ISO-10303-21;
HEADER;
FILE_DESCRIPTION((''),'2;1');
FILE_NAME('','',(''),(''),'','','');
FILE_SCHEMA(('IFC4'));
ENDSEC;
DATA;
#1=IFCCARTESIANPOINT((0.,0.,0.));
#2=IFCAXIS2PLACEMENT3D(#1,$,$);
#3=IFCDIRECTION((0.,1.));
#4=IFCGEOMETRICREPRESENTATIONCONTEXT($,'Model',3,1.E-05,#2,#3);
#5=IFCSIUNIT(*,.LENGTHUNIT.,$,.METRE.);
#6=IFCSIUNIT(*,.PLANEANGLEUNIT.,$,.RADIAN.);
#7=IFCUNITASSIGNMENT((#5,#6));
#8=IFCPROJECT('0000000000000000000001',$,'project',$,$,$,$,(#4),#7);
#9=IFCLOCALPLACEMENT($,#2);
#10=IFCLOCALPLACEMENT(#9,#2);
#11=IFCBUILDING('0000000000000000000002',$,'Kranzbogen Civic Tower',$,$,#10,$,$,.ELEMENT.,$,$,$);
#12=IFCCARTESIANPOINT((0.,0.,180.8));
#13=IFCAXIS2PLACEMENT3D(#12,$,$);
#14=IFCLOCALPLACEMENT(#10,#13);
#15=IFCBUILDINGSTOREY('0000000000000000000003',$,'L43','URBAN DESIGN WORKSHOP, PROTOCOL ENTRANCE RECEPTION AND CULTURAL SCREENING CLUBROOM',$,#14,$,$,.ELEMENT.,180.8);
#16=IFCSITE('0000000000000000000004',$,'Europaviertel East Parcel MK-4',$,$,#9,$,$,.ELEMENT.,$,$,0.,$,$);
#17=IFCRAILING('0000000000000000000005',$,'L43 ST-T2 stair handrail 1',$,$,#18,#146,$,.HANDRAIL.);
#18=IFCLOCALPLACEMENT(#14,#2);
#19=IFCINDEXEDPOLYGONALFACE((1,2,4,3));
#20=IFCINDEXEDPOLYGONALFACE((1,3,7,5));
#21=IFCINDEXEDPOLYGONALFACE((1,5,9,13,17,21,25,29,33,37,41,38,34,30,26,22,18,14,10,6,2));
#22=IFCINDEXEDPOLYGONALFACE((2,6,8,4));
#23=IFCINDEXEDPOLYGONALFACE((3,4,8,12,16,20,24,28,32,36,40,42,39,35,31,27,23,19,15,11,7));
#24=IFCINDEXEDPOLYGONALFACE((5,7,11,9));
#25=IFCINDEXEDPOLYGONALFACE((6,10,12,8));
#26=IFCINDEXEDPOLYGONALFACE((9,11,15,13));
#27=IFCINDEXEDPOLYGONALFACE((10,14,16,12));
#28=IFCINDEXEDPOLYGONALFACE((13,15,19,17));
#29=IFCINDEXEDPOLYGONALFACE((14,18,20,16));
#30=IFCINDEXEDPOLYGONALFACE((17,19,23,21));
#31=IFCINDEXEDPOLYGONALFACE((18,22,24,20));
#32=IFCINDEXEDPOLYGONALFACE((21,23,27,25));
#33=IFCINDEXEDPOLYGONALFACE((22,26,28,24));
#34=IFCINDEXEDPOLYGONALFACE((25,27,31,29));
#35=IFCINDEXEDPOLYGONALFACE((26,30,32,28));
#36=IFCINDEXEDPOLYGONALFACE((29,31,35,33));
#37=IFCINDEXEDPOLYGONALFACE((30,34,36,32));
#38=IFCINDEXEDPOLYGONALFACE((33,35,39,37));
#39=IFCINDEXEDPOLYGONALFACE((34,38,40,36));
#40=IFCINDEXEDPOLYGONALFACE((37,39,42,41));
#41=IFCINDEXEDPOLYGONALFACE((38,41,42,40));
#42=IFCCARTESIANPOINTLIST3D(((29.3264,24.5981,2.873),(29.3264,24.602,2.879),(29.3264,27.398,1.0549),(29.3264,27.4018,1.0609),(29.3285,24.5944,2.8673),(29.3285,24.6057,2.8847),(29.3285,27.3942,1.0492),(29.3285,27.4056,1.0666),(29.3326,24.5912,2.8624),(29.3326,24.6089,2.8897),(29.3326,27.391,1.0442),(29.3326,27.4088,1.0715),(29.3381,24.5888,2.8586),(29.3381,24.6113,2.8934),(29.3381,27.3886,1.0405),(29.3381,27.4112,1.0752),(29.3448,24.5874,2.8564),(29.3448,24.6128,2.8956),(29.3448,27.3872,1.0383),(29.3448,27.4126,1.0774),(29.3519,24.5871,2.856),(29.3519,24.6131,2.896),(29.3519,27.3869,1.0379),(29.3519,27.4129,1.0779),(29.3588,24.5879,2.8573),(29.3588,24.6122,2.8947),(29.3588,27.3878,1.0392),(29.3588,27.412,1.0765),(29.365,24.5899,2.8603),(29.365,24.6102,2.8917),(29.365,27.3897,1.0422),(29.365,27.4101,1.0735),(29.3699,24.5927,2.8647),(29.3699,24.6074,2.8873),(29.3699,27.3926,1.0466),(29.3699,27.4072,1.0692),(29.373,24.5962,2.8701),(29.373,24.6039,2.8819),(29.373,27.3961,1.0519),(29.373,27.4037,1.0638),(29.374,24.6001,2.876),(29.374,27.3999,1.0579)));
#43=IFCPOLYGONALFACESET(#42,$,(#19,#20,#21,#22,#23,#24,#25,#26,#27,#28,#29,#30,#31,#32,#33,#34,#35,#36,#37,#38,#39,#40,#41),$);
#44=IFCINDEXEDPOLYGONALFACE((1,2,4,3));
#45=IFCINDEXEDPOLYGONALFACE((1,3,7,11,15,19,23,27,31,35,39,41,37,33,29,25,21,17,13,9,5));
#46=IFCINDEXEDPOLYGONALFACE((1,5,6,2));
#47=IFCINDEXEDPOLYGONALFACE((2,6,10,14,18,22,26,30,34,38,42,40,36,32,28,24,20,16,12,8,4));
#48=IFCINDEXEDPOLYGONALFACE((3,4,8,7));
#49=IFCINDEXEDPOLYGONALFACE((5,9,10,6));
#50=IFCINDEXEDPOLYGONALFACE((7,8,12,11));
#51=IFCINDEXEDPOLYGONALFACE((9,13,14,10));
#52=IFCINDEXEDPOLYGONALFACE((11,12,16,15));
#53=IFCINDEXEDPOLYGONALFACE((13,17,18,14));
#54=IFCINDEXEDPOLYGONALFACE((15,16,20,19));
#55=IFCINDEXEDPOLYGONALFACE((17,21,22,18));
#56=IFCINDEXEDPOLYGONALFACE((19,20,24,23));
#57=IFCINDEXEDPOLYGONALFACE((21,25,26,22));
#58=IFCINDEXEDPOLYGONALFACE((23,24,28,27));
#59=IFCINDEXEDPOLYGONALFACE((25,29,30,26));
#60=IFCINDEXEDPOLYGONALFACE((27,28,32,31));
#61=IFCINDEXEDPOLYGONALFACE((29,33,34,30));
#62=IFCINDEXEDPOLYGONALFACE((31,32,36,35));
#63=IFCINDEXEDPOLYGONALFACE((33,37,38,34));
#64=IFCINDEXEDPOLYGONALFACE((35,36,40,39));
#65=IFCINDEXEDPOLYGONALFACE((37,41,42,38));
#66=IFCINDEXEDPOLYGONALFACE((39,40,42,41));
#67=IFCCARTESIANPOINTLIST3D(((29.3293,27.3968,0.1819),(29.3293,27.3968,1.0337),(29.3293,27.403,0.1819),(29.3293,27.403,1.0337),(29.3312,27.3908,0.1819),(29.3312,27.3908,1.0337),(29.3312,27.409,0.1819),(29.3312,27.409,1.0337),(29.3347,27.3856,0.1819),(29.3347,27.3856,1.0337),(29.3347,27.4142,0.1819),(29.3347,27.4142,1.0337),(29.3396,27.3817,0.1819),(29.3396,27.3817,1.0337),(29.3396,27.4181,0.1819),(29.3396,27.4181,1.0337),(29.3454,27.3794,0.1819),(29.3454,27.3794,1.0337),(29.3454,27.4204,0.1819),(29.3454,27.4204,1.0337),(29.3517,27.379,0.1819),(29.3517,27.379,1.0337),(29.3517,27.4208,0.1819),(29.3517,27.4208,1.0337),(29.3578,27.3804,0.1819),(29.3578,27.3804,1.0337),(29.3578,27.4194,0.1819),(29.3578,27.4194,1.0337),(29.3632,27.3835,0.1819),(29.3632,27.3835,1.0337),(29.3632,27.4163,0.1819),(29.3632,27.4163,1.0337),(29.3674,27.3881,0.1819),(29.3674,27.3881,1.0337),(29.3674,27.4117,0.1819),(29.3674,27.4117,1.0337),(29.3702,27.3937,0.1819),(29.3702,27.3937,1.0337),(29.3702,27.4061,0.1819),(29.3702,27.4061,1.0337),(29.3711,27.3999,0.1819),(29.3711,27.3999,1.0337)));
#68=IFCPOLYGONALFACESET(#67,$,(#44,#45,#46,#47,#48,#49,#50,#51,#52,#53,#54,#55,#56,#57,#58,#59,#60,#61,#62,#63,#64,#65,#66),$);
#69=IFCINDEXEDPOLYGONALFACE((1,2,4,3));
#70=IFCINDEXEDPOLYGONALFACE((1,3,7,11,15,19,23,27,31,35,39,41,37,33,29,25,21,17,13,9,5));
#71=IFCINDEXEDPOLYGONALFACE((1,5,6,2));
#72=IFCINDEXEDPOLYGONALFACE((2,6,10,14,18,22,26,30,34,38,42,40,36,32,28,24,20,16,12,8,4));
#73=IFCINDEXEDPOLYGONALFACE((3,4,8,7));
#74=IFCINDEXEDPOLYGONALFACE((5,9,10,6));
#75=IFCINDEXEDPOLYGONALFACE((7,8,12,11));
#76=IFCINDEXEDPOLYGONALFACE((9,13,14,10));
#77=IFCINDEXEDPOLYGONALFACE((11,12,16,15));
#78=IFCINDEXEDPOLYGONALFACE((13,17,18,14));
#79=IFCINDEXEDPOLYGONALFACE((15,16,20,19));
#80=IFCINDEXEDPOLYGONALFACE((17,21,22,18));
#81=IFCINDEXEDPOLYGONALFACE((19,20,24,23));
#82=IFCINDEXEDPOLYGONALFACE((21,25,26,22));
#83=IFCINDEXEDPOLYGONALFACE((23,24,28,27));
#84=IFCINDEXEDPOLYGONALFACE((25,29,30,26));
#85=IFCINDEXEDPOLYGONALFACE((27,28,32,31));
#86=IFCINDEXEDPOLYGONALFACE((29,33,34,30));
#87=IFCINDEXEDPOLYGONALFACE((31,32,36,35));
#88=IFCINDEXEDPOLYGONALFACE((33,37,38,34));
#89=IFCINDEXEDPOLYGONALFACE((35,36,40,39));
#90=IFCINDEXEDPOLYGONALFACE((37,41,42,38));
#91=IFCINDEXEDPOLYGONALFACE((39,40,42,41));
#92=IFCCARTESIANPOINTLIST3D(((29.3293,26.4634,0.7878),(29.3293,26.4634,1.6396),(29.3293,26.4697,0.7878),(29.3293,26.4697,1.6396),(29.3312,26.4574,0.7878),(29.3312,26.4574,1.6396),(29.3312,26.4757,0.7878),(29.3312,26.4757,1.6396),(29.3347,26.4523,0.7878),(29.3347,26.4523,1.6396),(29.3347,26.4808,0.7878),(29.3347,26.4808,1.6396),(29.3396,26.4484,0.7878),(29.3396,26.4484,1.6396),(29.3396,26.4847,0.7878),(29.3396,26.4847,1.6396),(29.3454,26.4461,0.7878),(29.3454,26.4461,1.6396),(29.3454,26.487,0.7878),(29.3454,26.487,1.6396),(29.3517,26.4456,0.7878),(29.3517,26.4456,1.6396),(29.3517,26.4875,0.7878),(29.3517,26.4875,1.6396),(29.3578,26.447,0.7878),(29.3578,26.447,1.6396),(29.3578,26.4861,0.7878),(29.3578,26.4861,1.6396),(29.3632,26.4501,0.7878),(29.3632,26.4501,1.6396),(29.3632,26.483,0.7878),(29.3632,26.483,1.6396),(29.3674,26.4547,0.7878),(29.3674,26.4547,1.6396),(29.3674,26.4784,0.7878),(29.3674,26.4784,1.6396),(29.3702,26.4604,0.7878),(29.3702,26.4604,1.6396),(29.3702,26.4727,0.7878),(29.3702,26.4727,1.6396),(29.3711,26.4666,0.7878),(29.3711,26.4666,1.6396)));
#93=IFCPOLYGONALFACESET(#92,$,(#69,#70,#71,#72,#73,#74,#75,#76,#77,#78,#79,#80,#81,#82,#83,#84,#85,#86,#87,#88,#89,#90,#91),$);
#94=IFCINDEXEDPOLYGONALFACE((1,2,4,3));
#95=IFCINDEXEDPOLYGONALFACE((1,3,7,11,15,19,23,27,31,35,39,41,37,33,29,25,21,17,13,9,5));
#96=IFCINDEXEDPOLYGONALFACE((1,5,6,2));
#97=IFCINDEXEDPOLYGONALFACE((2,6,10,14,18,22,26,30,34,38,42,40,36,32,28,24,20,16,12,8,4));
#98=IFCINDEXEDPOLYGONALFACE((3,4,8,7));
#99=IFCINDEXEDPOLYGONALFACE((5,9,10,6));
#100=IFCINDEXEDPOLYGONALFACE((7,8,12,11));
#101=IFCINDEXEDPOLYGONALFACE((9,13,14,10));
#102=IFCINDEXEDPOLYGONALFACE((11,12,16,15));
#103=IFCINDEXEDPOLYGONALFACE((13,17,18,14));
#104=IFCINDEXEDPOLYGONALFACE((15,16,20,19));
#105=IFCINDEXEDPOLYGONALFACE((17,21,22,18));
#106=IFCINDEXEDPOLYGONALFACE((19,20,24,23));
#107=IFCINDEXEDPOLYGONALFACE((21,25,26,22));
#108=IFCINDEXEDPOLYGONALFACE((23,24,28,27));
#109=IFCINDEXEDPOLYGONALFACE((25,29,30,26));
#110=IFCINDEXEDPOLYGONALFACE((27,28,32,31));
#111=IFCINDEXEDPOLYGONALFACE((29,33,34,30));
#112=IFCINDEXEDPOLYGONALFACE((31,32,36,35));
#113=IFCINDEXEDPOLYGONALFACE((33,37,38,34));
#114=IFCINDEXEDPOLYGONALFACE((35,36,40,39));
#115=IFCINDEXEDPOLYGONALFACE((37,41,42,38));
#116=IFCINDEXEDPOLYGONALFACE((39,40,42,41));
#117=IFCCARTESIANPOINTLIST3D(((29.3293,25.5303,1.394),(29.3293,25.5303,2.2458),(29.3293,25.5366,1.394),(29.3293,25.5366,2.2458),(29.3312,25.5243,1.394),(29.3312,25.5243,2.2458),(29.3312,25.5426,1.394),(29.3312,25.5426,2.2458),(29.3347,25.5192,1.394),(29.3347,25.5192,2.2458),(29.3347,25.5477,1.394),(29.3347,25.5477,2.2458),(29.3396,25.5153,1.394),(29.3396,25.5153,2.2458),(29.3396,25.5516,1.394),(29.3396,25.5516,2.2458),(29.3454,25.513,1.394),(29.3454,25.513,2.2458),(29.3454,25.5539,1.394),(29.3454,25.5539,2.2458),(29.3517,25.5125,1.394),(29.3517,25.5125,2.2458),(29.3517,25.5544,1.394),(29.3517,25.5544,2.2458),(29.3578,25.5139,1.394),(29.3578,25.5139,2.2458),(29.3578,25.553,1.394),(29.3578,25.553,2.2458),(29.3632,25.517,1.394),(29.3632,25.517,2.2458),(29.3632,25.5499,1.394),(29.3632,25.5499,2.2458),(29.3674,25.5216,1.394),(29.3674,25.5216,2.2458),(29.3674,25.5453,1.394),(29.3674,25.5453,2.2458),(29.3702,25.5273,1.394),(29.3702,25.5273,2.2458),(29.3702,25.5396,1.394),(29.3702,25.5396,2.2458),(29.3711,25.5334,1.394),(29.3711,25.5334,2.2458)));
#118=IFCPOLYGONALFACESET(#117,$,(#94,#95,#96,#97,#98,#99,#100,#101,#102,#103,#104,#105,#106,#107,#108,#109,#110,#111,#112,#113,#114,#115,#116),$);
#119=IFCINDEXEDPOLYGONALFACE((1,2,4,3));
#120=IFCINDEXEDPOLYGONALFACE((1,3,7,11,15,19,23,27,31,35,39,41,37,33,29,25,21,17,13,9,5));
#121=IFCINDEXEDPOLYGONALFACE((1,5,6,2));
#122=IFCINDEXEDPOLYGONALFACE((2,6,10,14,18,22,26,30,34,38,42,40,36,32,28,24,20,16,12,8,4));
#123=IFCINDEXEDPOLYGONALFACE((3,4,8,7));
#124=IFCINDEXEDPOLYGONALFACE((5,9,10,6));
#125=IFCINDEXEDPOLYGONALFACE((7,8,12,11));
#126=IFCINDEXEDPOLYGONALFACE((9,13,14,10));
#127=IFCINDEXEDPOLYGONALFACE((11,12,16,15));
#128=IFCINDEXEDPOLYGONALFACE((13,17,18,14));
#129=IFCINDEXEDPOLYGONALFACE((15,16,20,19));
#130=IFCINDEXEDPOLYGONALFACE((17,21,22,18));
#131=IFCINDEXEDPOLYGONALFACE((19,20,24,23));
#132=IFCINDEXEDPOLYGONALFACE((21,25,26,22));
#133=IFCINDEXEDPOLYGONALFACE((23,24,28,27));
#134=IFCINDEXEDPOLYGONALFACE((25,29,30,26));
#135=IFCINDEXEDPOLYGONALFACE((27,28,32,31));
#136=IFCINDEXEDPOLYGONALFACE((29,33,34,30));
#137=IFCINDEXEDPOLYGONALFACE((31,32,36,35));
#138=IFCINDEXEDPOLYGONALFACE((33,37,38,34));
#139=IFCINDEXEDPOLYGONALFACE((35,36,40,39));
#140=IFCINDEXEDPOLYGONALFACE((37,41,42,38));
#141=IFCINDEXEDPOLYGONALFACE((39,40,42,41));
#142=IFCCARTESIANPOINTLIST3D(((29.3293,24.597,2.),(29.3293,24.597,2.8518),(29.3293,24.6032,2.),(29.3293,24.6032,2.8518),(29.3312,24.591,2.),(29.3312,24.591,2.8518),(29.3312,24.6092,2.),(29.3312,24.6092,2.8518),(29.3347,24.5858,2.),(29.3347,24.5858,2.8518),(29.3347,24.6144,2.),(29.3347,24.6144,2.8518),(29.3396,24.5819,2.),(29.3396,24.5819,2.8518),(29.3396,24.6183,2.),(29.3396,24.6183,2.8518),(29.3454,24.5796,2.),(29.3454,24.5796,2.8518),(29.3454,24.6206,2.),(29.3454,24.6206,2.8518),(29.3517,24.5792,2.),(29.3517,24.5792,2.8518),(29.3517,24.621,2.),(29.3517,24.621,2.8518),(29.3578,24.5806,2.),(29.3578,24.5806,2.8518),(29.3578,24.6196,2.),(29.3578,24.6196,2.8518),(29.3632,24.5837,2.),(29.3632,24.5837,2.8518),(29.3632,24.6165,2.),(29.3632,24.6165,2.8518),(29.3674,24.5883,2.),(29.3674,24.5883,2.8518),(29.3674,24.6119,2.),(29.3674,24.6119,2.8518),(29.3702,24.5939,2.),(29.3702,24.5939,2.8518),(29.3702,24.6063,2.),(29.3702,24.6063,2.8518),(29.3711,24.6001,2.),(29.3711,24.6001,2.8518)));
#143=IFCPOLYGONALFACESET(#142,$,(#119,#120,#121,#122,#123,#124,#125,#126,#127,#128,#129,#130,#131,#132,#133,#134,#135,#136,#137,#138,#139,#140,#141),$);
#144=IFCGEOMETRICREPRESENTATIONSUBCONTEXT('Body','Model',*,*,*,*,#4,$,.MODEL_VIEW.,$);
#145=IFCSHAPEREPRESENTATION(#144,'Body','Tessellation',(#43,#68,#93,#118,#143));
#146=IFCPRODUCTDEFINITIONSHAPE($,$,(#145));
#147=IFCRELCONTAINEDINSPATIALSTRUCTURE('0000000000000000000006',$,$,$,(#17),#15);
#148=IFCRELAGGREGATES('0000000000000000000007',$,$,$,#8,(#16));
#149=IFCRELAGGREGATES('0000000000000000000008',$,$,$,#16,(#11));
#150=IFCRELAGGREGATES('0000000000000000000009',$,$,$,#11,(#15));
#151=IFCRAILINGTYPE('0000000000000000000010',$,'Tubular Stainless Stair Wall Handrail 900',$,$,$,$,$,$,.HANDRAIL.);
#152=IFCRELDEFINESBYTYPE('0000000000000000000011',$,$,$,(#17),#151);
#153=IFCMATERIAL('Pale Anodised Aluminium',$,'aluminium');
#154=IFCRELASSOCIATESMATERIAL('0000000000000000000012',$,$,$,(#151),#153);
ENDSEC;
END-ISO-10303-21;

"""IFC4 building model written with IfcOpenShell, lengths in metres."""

from ifc_helpers import new_model, si_unit, direction, frame, origin, origin_2d, place, context, subcontext, project, spatial, circle, extrude, material, type_object, element, save


model = new_model("IFC4")

# Units and contexts
model_context = context("Model", 3, precision=1e-05, world=origin(), true_north=direction((0.0, 1.0)))
body_context = subcontext(model_context, "Body", "Model", "MODEL_VIEW")
ifc_project = project(units=[si_unit("LENGTHUNIT", "METRE"), si_unit("PLANEANGLEUNIT", "RADIAN")], contexts=[model_context])

# Site, building, storey
site_placement = place(None, origin())
site = spatial("IfcSite", under=ifc_project, at=site_placement, Name="Europaviertel East Parcel MK-4", CompositionType="ELEMENT", RefElevation=0.0)
building_placement = place(site_placement, origin())
building = spatial("IfcBuilding", under=site, at=building_placement, Name="Kranzbogen Civic Tower", CompositionType="ELEMENT")
storey_placement = place(building_placement, frame((0.0, 0.0, 180.8)))
storey = spatial("IfcBuildingStorey", under=building, at=storey_placement, Name="L43", Description="URBAN DESIGN WORKSHOP, PROTOCOL ENTRANCE RECEPTION AND CULTURAL SCREENING CLUBROOM", CompositionType="ELEMENT", Elevation=180.8)

# Shared definitions
ifc_material_1 = material(Name="Pale Anodised Aluminium", Category="aluminium")

# Railing
railing_type_1 = type_object("IfcRailingType", Name="Tubular Stainless Stair Wall Handrail 900", PredefinedType="HANDRAIL", material=ifc_material_1)
railing_1_placement = place(storey_placement, frame((29.3501, 27.3999, 0.1819)))
element("IfcRailing", 1, at=railing_1_placement, inside=storey, type_object=railing_type_1, Name="L43 ST-T2 stair handrail 1", PredefinedType="HANDRAIL", context=body_context, shape_type="SweptSolid", body=[
    extrude(circle(Radius=0.0239, at=origin_2d()), frame((0.0, 0.0, 0.876), z_axis=(0.0, -0.838684, 0.544618), x_axis=(1.0, 0.0, 0.0)), (0.0, 0.0, 1.0), 3.3384),
    extrude(circle(Radius=0.021, at=origin_2d()), origin(), (0.0, 0.0, 1.0), 0.8518),
    extrude(circle(Radius=0.021, at=origin_2d()), frame((0.0, -0.9333, 0.606)), (0.0, 0.0, 1.0), 0.8518),
    extrude(circle(Radius=0.021, at=origin_2d()), frame((0.0, -1.8665, 1.2122)), (0.0, 0.0, 1.0), 0.8518),
    extrude(circle(Radius=0.021, at=origin_2d()), frame((0.0, -2.7998, 1.8181)), (0.0, 0.0, 1.0), 0.8518),
])

save(model, "model.ifc")
